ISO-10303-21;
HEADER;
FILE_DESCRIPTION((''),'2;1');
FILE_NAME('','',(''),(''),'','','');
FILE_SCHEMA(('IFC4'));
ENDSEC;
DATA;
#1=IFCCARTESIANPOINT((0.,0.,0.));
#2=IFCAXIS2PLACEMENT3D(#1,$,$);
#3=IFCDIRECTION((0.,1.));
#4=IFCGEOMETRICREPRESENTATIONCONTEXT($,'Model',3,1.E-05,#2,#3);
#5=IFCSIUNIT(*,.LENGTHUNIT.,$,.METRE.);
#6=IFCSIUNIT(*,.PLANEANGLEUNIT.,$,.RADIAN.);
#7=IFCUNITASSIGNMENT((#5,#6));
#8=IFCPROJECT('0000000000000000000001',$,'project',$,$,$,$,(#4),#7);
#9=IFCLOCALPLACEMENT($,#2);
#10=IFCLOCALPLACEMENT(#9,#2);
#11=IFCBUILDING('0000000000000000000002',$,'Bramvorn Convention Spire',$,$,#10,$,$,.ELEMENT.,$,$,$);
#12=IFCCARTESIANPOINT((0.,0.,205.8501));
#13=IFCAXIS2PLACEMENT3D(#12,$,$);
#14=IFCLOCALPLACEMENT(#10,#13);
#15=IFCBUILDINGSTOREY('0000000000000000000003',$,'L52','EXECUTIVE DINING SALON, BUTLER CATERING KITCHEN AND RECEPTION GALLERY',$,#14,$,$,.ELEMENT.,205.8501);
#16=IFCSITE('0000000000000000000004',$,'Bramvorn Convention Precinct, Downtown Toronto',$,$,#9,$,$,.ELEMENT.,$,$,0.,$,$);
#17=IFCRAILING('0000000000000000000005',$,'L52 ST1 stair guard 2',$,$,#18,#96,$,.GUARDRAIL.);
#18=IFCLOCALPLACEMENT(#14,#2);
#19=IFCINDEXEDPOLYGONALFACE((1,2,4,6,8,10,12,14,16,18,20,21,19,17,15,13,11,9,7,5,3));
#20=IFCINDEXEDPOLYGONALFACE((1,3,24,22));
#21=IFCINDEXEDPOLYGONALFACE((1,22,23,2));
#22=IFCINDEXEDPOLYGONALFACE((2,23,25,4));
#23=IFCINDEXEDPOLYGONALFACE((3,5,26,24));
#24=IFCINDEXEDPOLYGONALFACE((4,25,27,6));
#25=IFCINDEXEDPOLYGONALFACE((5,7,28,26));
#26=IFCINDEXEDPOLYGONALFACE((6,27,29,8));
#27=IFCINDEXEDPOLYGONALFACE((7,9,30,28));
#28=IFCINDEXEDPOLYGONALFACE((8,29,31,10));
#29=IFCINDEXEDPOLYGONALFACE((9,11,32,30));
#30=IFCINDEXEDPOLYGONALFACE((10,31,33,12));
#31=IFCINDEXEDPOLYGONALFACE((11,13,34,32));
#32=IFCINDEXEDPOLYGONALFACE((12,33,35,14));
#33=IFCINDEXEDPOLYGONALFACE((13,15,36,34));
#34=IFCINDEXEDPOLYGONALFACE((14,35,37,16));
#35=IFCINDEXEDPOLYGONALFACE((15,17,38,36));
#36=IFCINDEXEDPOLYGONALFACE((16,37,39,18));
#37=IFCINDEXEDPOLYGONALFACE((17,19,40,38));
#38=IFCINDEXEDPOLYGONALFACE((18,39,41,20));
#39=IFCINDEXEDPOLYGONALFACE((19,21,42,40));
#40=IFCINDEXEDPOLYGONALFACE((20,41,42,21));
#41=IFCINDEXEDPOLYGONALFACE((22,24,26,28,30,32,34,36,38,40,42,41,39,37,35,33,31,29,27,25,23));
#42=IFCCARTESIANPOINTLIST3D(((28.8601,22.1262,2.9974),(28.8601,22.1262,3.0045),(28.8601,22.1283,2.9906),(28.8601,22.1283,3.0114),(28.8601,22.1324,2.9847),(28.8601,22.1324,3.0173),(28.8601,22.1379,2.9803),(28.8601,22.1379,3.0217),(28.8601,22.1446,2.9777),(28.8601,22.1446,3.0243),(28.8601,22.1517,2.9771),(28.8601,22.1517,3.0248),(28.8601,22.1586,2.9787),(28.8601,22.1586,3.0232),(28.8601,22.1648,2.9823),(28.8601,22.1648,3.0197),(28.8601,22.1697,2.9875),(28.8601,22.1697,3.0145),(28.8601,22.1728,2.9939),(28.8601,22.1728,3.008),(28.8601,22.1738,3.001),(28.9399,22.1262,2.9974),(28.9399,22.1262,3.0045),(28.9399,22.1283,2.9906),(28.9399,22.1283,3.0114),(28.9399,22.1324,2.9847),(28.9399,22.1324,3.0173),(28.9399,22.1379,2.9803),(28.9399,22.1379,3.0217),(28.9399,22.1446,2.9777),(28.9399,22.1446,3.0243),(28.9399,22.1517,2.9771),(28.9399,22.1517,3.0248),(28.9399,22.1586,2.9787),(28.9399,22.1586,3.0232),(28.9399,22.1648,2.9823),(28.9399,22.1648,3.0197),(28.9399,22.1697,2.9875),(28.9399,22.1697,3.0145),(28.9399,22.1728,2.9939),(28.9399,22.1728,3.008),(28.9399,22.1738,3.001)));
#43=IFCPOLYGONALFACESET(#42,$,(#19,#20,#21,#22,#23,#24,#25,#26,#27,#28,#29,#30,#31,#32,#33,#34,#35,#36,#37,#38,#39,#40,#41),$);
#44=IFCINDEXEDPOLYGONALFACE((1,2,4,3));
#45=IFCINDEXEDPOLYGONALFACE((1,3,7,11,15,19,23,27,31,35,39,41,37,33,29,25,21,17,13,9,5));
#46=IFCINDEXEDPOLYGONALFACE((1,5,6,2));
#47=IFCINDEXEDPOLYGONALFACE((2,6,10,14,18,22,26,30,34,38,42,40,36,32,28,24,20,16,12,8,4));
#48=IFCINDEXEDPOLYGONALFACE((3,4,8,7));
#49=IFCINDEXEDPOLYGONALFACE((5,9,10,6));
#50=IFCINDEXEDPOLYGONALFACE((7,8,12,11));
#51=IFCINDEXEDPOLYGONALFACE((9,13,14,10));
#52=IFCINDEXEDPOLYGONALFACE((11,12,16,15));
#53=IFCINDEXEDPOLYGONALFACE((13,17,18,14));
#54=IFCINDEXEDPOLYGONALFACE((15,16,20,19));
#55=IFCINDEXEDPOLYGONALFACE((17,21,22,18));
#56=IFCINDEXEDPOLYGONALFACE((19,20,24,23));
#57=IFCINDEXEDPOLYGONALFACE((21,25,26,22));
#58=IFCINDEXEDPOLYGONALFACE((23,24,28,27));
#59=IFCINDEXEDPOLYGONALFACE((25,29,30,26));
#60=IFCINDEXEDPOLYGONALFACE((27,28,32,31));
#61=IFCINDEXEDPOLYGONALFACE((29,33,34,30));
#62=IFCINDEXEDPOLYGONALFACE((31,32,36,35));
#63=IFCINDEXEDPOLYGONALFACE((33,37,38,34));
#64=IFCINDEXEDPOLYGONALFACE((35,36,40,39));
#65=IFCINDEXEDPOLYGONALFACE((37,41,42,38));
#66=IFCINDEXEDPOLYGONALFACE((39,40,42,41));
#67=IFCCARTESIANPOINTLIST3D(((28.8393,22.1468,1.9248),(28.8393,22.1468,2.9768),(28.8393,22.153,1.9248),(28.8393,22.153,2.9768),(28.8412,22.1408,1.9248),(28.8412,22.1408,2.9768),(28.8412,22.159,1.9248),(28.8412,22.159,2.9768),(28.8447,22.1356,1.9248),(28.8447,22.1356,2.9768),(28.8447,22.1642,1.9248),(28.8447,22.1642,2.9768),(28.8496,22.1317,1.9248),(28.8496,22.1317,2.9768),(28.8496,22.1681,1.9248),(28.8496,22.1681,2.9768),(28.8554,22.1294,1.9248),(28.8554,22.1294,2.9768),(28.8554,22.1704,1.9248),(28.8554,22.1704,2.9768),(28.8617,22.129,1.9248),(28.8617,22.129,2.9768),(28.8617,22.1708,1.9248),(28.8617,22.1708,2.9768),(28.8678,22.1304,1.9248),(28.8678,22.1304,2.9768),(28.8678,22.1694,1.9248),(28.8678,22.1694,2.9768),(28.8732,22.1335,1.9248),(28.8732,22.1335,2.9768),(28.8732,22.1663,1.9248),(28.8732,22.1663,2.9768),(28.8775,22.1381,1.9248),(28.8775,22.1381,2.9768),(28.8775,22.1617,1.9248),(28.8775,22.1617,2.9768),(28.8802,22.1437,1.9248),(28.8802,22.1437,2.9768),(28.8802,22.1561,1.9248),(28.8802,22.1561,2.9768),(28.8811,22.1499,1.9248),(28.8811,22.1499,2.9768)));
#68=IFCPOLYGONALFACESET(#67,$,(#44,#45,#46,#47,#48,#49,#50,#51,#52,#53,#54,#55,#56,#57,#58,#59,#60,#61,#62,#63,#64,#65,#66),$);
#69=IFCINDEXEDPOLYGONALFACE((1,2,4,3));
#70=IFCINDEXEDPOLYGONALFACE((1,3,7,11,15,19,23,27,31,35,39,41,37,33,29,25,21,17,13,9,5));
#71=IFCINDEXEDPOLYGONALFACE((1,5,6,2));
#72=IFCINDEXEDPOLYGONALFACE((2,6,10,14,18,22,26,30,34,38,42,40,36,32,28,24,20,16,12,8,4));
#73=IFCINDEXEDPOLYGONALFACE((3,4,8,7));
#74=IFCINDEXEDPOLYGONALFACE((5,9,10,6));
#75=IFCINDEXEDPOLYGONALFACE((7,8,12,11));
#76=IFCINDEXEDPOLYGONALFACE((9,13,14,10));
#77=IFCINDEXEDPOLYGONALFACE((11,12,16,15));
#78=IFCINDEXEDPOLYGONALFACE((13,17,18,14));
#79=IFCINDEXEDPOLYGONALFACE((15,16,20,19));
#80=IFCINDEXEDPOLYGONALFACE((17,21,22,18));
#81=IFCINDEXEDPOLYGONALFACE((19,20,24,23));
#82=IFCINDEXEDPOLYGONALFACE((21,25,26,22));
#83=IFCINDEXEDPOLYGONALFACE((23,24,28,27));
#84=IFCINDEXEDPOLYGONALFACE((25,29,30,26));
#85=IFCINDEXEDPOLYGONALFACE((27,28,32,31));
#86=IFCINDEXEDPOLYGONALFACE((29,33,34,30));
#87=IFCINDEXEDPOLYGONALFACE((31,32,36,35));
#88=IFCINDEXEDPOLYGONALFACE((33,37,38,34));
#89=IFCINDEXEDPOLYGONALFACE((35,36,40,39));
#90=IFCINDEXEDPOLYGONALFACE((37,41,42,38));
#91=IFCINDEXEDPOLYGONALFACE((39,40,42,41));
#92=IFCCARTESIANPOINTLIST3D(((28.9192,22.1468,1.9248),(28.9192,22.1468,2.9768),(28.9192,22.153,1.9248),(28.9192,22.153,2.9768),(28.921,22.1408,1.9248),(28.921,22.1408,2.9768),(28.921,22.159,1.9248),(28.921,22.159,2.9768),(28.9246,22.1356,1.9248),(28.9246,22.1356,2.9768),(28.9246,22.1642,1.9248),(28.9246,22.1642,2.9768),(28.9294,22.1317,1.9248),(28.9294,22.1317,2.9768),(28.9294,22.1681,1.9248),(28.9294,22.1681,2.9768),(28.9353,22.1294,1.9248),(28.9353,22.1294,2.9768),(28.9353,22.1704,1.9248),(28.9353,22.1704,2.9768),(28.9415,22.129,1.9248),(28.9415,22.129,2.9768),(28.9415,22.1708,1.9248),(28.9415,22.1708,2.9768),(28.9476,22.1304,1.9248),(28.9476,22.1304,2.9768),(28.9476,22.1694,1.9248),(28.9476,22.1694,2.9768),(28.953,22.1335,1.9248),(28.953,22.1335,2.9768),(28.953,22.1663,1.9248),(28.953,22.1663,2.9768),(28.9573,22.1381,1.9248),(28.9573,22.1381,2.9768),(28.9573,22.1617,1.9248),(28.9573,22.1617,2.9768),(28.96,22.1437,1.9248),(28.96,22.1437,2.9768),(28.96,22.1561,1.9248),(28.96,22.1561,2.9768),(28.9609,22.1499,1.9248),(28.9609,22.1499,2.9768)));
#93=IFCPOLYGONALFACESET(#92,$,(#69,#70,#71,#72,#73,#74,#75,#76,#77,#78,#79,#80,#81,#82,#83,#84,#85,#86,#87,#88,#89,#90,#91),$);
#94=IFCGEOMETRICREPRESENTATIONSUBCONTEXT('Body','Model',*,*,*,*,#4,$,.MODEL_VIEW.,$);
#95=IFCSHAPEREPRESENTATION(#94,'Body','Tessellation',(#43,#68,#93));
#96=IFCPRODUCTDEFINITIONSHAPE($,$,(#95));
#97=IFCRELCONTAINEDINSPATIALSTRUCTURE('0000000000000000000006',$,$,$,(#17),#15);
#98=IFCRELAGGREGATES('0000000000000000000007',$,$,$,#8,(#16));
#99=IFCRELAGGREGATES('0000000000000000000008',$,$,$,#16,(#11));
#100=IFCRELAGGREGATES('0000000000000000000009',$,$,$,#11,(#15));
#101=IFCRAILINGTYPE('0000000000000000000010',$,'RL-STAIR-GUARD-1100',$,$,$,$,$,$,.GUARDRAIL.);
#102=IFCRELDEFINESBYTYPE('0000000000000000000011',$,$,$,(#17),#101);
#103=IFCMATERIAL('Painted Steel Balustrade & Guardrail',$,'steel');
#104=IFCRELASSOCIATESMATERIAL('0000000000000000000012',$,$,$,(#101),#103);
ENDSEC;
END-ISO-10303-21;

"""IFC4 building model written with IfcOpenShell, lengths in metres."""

from ifc_helpers import new_model, si_unit, direction, frame, origin, origin_2d, place, context, subcontext, project, spatial, circle, extrude, material, type_object, element, save


model = new_model("IFC4")

# Units and contexts
model_context = context("Model", 3, precision=1e-05, world=origin(), true_north=direction((0.0, 1.0)))
body_context = subcontext(model_context, "Body", "Model", "MODEL_VIEW")
ifc_project = project(units=[si_unit("LENGTHUNIT", "METRE"), si_unit("PLANEANGLEUNIT", "RADIAN")], contexts=[model_context])

# Site, building, storey
site_placement = place(None, origin())
site = spatial("IfcSite", under=ifc_project, at=site_placement, Name="Bramvorn Convention Precinct, Downtown Toronto", CompositionType="ELEMENT", RefElevation=0.0)
building_placement = place(site_placement, origin())
building = spatial("IfcBuilding", under=site, at=building_placement, Name="Bramvorn Convention Spire", CompositionType="ELEMENT")
storey_placement = place(building_placement, frame((0.0, 0.0, 205.8501)))
storey = spatial("IfcBuildingStorey", under=building, at=storey_placement, Name="L52", Description="EXECUTIVE DINING SALON, BUTLER CATERING KITCHEN AND RECEPTION GALLERY", CompositionType="ELEMENT", Elevation=205.8501)

# Railing
ifc_material_1 = material(Name="Painted Steel Balustrade & Guardrail", Category="steel")
railing_type_1 = type_object("IfcRailingType", Name="RL-STAIR-GUARD-1100", PredefinedType="GUARDRAIL", material=ifc_material_1)
railing_1_placement = place(storey_placement, frame((28.8601, 22.1499, 1.9248)))
element("IfcRailing", 1, at=railing_1_placement, inside=storey, type_object=railing_type_1, Name="L52 ST1 stair guard 2", PredefinedType="GUARDRAIL", context=body_context, shape_type="SweptSolid", body=[
    extrude(circle(Radius=0.0239, at=origin_2d()), frame((0.0, 0.0, 1.0762), z_axis=(1.0, 0.0, 0.0), x_axis=(0.0, 1.0, 0.0)), (0.0, 0.0, 1.0), 0.0798),
    extrude(circle(Radius=0.021, at=origin_2d()), origin(), (0.0, 0.0, 1.0), 1.052),
    extrude(circle(Radius=0.021, at=origin_2d()), frame((0.0798, 0.0, 0.0)), (0.0, 0.0, 1.0), 1.052),
])

save(model, "model.ifc")
